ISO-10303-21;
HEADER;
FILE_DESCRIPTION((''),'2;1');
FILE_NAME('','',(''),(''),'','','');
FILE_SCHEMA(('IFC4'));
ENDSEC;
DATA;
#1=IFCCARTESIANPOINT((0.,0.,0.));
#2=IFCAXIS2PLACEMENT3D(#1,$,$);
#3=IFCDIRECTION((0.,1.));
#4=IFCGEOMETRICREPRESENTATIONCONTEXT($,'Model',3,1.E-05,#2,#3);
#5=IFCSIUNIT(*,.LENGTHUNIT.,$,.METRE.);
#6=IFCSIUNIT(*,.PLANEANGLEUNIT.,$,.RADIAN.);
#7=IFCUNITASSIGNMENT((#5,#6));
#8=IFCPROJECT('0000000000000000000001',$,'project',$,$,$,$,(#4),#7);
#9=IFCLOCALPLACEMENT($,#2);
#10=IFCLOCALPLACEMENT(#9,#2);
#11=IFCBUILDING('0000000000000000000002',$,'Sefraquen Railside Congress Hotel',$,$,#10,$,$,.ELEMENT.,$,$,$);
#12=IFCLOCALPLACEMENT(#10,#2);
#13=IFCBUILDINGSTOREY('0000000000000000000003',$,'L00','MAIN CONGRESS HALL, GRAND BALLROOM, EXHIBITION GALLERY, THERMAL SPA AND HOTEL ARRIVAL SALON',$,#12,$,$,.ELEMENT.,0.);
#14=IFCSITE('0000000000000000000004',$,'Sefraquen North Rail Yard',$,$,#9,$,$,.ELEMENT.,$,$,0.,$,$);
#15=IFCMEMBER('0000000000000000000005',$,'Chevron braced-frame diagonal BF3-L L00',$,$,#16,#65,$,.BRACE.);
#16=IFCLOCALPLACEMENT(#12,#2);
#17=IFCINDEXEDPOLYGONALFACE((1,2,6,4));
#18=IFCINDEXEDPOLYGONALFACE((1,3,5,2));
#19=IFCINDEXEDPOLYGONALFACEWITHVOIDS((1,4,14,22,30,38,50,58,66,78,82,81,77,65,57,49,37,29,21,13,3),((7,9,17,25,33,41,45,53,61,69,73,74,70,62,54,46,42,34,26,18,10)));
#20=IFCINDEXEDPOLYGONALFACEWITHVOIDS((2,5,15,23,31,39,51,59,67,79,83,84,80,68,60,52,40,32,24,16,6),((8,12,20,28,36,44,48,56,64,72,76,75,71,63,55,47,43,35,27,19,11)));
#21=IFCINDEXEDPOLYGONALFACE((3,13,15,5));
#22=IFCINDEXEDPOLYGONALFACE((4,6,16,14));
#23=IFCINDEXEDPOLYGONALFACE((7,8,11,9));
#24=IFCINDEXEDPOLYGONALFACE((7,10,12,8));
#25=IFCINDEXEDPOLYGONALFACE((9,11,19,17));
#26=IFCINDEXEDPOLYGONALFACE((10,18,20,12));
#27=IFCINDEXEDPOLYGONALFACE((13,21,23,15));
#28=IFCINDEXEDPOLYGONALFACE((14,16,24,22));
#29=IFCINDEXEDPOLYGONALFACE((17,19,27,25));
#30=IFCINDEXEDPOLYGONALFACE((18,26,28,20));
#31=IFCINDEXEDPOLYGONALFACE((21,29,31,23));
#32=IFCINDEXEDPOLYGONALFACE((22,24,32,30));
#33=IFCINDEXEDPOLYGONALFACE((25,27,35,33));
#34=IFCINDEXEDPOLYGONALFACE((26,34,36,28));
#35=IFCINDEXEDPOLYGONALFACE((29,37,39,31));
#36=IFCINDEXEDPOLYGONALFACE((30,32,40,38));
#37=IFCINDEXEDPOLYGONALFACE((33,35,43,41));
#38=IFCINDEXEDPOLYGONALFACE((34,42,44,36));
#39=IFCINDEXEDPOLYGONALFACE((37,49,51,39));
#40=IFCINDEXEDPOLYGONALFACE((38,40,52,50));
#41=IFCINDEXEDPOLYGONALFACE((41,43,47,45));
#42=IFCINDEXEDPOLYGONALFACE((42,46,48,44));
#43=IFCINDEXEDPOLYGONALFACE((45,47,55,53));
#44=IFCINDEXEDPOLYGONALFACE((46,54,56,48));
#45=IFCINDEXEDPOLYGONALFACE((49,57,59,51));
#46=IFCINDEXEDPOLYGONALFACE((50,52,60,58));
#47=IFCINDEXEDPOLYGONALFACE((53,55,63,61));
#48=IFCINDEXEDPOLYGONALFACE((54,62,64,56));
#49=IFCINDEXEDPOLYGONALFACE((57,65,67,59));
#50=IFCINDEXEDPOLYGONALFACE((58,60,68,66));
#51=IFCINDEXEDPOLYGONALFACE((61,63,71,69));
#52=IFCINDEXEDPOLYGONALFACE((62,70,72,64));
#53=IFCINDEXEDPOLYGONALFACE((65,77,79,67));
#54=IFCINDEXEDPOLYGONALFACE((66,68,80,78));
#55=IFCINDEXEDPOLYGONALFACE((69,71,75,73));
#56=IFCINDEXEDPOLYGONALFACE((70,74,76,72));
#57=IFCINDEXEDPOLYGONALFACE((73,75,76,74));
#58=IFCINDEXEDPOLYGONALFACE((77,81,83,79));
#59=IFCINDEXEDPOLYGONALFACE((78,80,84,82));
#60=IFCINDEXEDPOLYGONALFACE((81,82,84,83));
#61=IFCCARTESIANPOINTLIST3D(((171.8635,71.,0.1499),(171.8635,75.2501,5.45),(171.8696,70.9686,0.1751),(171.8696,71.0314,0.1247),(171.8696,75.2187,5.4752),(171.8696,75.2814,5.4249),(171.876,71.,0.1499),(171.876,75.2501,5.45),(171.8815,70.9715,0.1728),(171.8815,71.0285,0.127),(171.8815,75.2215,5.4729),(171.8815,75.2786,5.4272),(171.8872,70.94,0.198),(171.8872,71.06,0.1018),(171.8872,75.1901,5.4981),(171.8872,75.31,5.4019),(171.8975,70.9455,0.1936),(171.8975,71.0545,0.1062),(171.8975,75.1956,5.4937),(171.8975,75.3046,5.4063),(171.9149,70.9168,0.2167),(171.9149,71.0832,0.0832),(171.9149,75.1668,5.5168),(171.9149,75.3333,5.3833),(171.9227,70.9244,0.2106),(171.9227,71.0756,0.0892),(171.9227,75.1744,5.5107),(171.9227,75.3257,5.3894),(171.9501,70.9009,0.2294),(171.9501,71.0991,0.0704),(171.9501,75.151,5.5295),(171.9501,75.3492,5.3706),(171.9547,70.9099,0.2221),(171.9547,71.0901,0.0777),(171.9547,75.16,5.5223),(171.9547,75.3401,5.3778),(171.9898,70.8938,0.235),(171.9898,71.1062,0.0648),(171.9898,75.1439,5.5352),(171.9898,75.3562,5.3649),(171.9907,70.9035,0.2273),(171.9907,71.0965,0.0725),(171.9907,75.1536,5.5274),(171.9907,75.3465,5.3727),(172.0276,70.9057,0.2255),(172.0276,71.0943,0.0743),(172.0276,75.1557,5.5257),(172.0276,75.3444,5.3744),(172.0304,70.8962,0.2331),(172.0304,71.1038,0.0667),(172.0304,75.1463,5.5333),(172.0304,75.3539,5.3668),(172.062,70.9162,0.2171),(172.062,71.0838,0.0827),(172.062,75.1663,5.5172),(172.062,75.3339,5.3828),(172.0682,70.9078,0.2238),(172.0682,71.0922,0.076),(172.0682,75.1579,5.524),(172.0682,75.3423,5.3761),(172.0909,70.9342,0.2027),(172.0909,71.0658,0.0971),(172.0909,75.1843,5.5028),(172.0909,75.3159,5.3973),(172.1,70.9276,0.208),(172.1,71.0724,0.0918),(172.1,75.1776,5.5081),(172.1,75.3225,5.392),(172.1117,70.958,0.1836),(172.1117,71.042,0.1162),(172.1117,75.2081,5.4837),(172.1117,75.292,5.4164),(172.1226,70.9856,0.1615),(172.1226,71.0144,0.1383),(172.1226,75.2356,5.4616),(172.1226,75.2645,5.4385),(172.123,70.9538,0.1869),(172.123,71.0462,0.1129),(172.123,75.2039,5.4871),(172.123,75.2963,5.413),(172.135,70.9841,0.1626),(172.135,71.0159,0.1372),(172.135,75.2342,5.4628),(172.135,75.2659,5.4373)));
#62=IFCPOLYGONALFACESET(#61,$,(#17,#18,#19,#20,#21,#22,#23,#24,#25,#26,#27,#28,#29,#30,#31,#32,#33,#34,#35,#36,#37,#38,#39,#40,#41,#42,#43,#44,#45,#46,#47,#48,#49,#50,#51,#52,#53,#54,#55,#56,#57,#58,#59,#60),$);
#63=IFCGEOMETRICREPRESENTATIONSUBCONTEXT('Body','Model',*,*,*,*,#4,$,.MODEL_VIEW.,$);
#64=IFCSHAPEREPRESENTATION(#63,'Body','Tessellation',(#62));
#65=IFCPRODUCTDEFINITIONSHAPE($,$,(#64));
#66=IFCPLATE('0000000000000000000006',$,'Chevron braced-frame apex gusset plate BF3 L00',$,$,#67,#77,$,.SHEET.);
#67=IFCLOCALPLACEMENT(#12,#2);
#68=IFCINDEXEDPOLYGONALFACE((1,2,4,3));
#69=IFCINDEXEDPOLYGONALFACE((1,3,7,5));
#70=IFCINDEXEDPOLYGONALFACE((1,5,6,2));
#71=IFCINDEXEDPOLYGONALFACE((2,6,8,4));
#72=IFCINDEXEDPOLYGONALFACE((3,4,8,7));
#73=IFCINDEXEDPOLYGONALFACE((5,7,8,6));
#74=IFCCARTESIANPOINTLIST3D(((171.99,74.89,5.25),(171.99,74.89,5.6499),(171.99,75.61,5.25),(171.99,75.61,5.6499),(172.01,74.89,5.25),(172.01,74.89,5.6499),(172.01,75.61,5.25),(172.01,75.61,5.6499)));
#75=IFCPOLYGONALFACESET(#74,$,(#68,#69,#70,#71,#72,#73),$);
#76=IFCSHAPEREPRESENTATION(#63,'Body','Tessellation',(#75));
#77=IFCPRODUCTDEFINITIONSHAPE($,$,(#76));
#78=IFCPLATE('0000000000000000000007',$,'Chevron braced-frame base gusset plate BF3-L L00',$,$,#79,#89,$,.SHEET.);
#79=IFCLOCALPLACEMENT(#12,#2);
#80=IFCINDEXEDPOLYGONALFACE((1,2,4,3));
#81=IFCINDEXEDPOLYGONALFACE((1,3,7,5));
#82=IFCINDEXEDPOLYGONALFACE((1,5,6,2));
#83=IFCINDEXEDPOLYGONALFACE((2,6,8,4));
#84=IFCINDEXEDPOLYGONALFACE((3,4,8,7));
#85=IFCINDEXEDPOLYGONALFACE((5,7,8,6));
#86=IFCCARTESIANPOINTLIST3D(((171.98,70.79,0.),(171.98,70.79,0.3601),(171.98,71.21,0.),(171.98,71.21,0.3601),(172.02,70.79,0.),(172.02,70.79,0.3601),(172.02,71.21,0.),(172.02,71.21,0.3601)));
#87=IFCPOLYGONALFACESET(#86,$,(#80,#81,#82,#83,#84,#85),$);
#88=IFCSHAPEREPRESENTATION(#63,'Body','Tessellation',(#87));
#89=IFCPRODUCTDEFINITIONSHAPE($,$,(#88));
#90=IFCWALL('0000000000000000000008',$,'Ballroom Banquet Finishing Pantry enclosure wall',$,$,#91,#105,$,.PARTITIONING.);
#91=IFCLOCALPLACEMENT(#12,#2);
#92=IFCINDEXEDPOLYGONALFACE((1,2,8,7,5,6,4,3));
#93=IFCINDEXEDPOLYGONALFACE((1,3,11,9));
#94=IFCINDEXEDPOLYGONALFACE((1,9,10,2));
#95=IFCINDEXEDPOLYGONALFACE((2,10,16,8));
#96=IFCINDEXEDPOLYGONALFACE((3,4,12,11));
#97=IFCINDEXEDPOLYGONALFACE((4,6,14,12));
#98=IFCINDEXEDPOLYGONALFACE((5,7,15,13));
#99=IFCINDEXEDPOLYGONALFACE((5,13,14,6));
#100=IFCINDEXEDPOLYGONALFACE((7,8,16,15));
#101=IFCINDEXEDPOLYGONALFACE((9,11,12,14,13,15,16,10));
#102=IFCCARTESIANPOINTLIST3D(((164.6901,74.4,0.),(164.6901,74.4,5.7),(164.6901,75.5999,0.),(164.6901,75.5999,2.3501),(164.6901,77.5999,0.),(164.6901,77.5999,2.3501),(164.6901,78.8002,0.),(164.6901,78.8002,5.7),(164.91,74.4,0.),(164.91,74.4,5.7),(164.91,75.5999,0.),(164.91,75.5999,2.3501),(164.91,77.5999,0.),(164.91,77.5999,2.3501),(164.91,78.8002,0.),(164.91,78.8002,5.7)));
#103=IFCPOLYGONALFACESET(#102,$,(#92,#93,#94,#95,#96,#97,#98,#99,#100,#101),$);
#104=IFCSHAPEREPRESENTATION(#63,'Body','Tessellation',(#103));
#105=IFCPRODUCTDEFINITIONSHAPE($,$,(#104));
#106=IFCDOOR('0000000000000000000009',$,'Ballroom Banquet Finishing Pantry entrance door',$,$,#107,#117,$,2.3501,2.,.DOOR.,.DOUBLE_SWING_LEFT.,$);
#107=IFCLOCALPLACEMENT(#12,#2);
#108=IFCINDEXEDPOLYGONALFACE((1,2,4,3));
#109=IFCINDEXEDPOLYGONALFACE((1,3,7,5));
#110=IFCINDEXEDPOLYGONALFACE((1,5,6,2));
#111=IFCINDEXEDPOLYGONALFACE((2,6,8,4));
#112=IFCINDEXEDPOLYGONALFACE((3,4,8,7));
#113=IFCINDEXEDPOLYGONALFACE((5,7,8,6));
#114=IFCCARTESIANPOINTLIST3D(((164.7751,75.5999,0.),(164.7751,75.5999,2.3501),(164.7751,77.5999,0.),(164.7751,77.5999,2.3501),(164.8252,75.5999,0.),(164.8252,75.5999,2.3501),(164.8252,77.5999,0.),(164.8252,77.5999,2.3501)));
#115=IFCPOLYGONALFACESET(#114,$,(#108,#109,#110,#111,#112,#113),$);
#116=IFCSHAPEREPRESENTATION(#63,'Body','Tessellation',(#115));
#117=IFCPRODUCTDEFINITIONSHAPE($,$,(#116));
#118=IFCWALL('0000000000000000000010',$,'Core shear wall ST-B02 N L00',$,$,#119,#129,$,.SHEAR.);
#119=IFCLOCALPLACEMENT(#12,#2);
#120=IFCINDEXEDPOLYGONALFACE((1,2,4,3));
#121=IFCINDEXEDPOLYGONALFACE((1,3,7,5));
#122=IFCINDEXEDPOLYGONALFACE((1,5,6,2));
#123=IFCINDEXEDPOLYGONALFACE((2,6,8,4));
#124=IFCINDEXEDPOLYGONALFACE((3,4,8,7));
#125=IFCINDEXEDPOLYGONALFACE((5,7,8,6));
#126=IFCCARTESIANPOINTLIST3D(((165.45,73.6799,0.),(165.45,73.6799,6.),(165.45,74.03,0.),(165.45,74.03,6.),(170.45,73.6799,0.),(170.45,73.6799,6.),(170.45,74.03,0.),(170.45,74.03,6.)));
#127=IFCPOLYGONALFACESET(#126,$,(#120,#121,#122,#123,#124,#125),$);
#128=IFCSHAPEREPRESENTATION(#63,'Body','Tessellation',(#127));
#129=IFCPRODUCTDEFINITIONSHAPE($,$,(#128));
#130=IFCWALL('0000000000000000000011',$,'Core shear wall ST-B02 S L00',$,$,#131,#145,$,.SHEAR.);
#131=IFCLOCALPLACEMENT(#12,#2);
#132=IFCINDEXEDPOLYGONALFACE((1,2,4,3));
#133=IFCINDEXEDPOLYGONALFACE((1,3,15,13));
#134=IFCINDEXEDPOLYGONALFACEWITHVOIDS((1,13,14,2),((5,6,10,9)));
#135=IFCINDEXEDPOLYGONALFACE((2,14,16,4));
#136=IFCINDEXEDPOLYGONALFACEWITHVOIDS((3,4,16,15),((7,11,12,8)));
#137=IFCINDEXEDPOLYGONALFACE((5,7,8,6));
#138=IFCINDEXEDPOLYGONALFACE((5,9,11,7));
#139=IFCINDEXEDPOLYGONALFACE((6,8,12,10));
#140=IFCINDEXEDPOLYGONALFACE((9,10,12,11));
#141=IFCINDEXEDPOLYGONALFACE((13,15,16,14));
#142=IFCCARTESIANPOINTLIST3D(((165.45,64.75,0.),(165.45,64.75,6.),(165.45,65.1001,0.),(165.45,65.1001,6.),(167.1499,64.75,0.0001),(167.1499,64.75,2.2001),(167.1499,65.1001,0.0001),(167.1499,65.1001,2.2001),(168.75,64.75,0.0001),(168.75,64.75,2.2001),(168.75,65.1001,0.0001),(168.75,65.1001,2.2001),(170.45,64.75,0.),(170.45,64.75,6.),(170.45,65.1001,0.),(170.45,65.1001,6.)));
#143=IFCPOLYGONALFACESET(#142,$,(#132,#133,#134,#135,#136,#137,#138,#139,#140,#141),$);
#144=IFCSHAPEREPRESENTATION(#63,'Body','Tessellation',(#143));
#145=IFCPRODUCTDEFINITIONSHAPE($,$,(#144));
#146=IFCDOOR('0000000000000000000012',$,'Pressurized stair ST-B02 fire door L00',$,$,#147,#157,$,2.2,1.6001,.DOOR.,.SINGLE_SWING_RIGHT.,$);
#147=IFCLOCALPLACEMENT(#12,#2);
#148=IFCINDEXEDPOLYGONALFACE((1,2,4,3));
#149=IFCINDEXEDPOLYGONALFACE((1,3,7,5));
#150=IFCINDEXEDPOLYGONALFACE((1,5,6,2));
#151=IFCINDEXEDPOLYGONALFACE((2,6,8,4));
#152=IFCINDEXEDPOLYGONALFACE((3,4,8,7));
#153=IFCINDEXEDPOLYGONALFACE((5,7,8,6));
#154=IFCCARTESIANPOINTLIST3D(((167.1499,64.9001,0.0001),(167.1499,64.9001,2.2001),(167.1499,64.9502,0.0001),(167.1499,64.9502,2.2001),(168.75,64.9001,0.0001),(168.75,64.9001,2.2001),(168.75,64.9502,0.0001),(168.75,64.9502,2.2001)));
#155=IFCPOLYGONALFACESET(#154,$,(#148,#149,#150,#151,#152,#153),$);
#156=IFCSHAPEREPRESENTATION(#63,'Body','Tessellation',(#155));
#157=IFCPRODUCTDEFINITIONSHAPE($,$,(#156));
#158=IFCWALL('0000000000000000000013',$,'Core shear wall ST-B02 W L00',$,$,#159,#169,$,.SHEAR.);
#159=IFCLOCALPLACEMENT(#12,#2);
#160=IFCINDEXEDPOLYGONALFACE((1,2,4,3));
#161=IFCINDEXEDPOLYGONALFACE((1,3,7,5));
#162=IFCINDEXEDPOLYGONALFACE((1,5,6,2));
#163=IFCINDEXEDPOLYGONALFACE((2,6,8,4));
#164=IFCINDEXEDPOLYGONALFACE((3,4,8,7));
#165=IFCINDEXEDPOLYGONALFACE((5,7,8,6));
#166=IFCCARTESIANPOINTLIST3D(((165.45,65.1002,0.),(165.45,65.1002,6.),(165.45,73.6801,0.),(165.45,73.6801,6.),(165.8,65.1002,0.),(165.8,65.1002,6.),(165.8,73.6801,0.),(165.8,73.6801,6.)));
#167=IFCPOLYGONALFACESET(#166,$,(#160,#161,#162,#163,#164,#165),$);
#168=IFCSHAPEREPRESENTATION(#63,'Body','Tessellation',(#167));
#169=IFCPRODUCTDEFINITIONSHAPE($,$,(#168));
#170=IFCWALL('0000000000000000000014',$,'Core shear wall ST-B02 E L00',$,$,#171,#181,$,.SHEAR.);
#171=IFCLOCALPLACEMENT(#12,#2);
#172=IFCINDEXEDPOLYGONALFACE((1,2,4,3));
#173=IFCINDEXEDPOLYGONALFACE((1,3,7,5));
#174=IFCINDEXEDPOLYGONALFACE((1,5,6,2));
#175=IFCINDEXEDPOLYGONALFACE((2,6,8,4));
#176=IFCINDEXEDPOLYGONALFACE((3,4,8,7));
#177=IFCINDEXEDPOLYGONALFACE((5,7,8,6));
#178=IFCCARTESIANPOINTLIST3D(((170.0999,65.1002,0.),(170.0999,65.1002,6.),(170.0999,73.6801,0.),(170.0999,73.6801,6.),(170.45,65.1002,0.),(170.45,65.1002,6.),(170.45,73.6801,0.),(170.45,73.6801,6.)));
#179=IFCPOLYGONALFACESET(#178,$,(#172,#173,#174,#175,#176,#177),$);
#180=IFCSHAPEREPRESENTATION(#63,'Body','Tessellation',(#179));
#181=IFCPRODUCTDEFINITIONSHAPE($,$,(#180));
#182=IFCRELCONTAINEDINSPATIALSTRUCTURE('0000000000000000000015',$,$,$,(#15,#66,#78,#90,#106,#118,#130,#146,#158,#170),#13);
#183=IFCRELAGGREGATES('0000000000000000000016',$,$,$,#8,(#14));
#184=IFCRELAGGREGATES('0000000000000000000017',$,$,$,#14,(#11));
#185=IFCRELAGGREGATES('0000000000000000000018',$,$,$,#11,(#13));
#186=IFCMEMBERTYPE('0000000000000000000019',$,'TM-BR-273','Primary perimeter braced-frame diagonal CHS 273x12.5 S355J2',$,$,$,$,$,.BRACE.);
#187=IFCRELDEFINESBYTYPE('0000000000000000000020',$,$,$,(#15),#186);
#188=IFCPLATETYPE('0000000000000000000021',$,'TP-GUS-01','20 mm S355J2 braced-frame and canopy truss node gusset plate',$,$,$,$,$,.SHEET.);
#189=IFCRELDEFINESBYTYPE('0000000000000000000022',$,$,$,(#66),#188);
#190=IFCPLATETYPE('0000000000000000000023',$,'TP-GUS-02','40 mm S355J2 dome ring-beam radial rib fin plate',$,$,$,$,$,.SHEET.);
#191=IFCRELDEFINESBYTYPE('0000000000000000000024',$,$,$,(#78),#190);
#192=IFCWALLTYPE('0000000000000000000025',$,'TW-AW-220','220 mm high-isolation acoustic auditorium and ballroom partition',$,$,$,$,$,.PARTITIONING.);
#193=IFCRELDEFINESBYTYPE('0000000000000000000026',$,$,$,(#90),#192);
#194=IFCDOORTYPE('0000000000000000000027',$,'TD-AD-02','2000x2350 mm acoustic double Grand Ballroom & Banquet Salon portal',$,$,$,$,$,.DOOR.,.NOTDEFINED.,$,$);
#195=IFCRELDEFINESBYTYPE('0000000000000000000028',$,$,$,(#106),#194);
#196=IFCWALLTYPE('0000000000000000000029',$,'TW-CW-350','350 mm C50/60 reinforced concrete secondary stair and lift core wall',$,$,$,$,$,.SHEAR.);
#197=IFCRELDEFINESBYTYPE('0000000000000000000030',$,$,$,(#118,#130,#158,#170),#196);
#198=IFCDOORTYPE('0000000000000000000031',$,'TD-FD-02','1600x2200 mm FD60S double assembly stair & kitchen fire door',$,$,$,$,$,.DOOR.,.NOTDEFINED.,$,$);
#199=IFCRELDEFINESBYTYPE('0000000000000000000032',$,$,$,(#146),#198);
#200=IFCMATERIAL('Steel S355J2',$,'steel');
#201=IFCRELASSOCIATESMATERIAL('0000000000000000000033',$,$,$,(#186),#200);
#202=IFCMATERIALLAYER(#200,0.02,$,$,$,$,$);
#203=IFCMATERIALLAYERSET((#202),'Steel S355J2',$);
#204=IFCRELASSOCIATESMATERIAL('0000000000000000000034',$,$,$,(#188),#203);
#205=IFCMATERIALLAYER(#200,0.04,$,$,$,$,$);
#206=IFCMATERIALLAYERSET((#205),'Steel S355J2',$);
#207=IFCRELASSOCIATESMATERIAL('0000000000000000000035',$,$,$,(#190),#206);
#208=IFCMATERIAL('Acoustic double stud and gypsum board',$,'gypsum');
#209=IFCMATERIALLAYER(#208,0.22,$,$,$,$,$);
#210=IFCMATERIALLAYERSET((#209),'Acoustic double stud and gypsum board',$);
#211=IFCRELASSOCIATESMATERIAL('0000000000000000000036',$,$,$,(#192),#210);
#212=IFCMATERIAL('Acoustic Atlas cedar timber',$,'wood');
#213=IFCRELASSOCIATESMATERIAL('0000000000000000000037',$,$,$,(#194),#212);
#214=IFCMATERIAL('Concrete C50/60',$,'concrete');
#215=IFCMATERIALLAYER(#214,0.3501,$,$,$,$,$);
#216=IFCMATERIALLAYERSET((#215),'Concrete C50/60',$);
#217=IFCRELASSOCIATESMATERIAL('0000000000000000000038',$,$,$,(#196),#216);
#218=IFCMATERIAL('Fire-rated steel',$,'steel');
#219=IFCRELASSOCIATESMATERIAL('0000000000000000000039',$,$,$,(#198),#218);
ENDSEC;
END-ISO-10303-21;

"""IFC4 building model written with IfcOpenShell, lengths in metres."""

from ifc_helpers import new_model, si_unit, direction, frame, frame_2d, origin, origin_2d, place, context, subcontext, project, spatial, rectangle, hollow_circle, extrude, material, layer, layer_set, material_profile, profile_set, type_object, element, fill, save


model = new_model("IFC4")

# Units and contexts
model_context = context("Model", 3, precision=1e-05, world=origin(), true_north=direction((0.0, 1.0)))
body_context = subcontext(model_context, "Body", "Model", "MODEL_VIEW")
ifc_project = project(units=[si_unit("LENGTHUNIT", "METRE"), si_unit("PLANEANGLEUNIT", "RADIAN")], contexts=[model_context])

# Site, building, storey
site_placement = place(None, origin())
site = spatial("IfcSite", under=ifc_project, at=site_placement, Name="Sefraquen North Rail Yard", CompositionType="ELEMENT", RefElevation=0.0)
building_placement = place(site_placement, origin())
building = spatial("IfcBuilding", under=site, at=building_placement, Name="Sefraquen Railside Congress Hotel", CompositionType="ELEMENT")
storey_placement = place(building_placement, origin())
storey = spatial("IfcBuildingStorey", under=building, at=storey_placement, Name="L00", Description="MAIN CONGRESS HALL, GRAND BALLROOM, EXHIBITION GALLERY, THERMAL SPA AND HOTEL ARRIVAL SALON", CompositionType="ELEMENT", Elevation=0.0)

# Shared definitions
ifc_material_1 = material(Name="Steel S355J2", Category="steel")

# Member
ifc_material_profile_1 = material_profile(ifc_material_1, hollow_circle(Radius=0.1365, WallThickness=0.0125, at=origin_2d()), Name="CHS 273x12.5")
ifc_profile_set_1 = profile_set([ifc_material_profile_1], Name="Steel S355J2")
member_type = type_object("IfcMemberType", Name="TM-BR-273", Description="Primary perimeter braced-frame diagonal CHS 273x12.5 S355J2", PredefinedType="BRACE", material=ifc_profile_set_1)
member_placement = place(storey_placement, frame((172.0, 71.0, 0.1499), z_axis=(0.0, 0.625589, 0.780153), x_axis=(-1.0, 0.0, 0.0)))
element("IfcMember", 1, at=member_placement, inside=storey, type_object=member_type, Name="Chevron braced-frame diagonal BF3-L L00", PredefinedType="BRACE", context=body_context, shape_type="SweptSolid", body=[
    extrude(hollow_circle(Radius=0.1365, WallThickness=0.0125, at=origin_2d()), origin(), (0.0, 0.0, 1.0), 6.7937),
])

# Plates
ifc_layer_1 = layer(ifc_material_1, 0.02)
ifc_layer_set_1 = layer_set([ifc_layer_1], Name="Steel S355J2")
plate_type_1 = type_object("IfcPlateType", Name="TP-GUS-01", Description="20 mm S355J2 braced-frame and canopy truss node gusset plate", PredefinedType="SHEET", material=ifc_layer_set_1)
plate_1_placement = place(storey_placement, frame((172.0, 75.25, 5.25), z_axis=(0.0, 0.0, 1.0), x_axis=(0.0, 1.0, 0.0)))
element("IfcPlate", 2, at=plate_1_placement, inside=storey, type_object=plate_type_1, Name="Chevron braced-frame apex gusset plate BF3 L00", PredefinedType="SHEET", context=body_context, shape_type="SweptSolid", body=[
    extrude(rectangle(XDim=0.72, YDim=0.02, at=origin_2d()), origin(), (0.0, 0.0, 1.0), 0.3999),
])
ifc_layer_2 = layer(ifc_material_1, 0.04)
ifc_layer_set_2 = layer_set([ifc_layer_2], Name="Steel S355J2")
plate_type_2 = type_object("IfcPlateType", Name="TP-GUS-02", Description="40 mm S355J2 dome ring-beam radial rib fin plate", PredefinedType="SHEET", material=ifc_layer_set_2)
plate_2_placement = place(storey_placement, frame((172.0, 71.0, 0.0), z_axis=(0.0, 0.0, 1.0), x_axis=(0.0, 1.0, 0.0)))
element("IfcPlate", 3, at=plate_2_placement, inside=storey, type_object=plate_type_2, Name="Chevron braced-frame base gusset plate BF3-L L00", PredefinedType="SHEET", context=body_context, shape_type="SweptSolid", body=[
    extrude(rectangle(XDim=0.4199, YDim=0.04, at=origin_2d()), origin(), (0.0, 0.0, 1.0), 0.3601),
])

# Wall, opening, door
ifc_material_2 = material(Name="Acoustic double stud and gypsum board", Category="gypsum")
ifc_layer_3 = layer(ifc_material_2, 0.22)
ifc_layer_set_3 = layer_set([ifc_layer_3], Name="Acoustic double stud and gypsum board")
wall_type_1 = type_object("IfcWallType", Name="TW-AW-220", Description="220 mm high-isolation acoustic auditorium and ballroom partition", PredefinedType="PARTITIONING", material=ifc_layer_set_3)
wall_1_placement = place(storey_placement, frame((164.8, 74.3999, 0.0), z_axis=(0.0, 0.0, 1.0), x_axis=(0.0, 1.0, 0.0)))
wall_1 = element("IfcWall", 4, at=wall_1_placement, inside=storey, type_object=wall_type_1, Name="Ballroom Banquet Finishing Pantry enclosure wall", PredefinedType="PARTITIONING", context=body_context, shape_type="SweptSolid", body=[
    extrude(rectangle(XDim=4.4001, YDim=0.22, at=frame_2d((2.2002, 0.0))), origin(), (0.0, 0.0, 1.0), 5.7),
])
opening_1_placement = place(wall_1_placement, frame((1.2, 0.0, 0.0)))
opening_1 = element("IfcOpeningElement", 5, at=opening_1_placement, cuts=wall_1, PredefinedType="OPENING", context=body_context, shape_type="SweptSolid", body=[
    extrude(rectangle(XDim=2.0, YDim=2.3501, at=frame_2d((1.0, 1.175))), frame((0.0, 0.1199, 0.0), z_axis=(0.0, -1.0, 0.0), x_axis=(1.0, 0.0, 0.0)), (0.0, 0.0, 1.0), 0.24),
])
ifc_material_3 = material(Name="Acoustic Atlas cedar timber", Category="wood")
door_type_1 = type_object("IfcDoorType", Name="TD-AD-02", Description="2000x2350 mm acoustic double Grand Ballroom & Banquet Salon portal", OperationType="NOTDEFINED", PredefinedType="DOOR", material=ifc_material_3)
door_1_placement = place(opening_1_placement, origin())
door_1 = element("IfcDoor", 6, at=door_1_placement, inside=storey, type_object=door_type_1, Name="Ballroom Banquet Finishing Pantry entrance door", OperationType="DOUBLE_SWING_LEFT", OverallHeight=2.3501, OverallWidth=2.0, PredefinedType="DOOR", context=body_context, shape_type="SweptSolid", body=[
    extrude(rectangle(XDim=2.0, YDim=2.3501, at=frame_2d((1.0, 1.175))), frame((0.0, 0.0249, 0.0), z_axis=(0.0, -1.0, 0.0), x_axis=(1.0, 0.0, 0.0)), (0.0, 0.0, 1.0), 0.05),
])
fill(opening_1, door_1)

# Wall
ifc_material_4 = material(Name="Concrete C50/60", Category="concrete")
ifc_layer_4 = layer(ifc_material_4, 0.3501)
ifc_layer_set_4 = layer_set([ifc_layer_4], Name="Concrete C50/60")
wall_type_2 = type_object("IfcWallType", Name="TW-CW-350", Description="350 mm C50/60 reinforced concrete secondary stair and lift core wall", PredefinedType="SHEAR", material=ifc_layer_set_4)
wall_2_placement = place(storey_placement, frame((165.45, 73.855, 0.0), z_axis=(0.0, 0.0, 1.0), x_axis=(1.0, 0.0, 0.0)))
element("IfcWall", 7, at=wall_2_placement, inside=storey, type_object=wall_type_2, Name="Core shear wall ST-B02 N L00", PredefinedType="SHEAR", context=body_context, shape_type="SweptSolid", body=[
    extrude(rectangle(XDim=5.0, YDim=0.3501, at=frame_2d((2.5, 0.0))), origin(), (0.0, 0.0, 1.0), 6.0),
])

# Wall, opening, door
wall_3_placement = place(storey_placement, frame((165.45, 64.925, 0.0), z_axis=(0.0, 0.0, 1.0), x_axis=(1.0, 0.0, 0.0)))
wall_3 = element("IfcWall", 8, at=wall_3_placement, inside=storey, type_object=wall_type_2, Name="Core shear wall ST-B02 S L00", PredefinedType="SHEAR", context=body_context, shape_type="SweptSolid", body=[
    extrude(rectangle(XDim=5.0, YDim=0.3501, at=frame_2d((2.5, 0.0))), origin(), (0.0, 0.0, 1.0), 6.0),
])
opening_2_placement = place(wall_3_placement, frame((1.7, 0.0, 0.0)))
opening_2 = element("IfcOpeningElement", 9, at=opening_2_placement, cuts=wall_3, PredefinedType="OPENING", context=body_context, shape_type="SweptSolid", body=[
    extrude(rectangle(XDim=1.6001, YDim=2.2, at=frame_2d((0.8, 1.1001))), frame((0.0, 0.1851, 0.0), z_axis=(0.0, -1.0, 0.0), x_axis=(1.0, 0.0, 0.0)), (0.0, 0.0, 1.0), 0.3701),
])
ifc_material_5 = material(Name="Fire-rated steel", Category="steel")
door_type_2 = type_object("IfcDoorType", Name="TD-FD-02", Description="1600x2200 mm FD60S double assembly stair & kitchen fire door", OperationType="NOTDEFINED", PredefinedType="DOOR", material=ifc_material_5)
door_2_placement = place(opening_2_placement, frame((1.6001, 0.0, 0.0), z_axis=(0.0, 0.0, 1.0), x_axis=(-1.0, 0.0, 0.0)))
door_2 = element("IfcDoor", 10, at=door_2_placement, inside=storey, type_object=door_type_2, Name="Pressurized stair ST-B02 fire door L00", OperationType="SINGLE_SWING_RIGHT", OverallHeight=2.2, OverallWidth=1.6001, PredefinedType="DOOR", context=body_context, shape_type="SweptSolid", body=[
    extrude(rectangle(XDim=1.6001, YDim=2.2, at=frame_2d((0.8, 1.1001))), frame((0.0, 0.0249, 0.0), z_axis=(0.0, -1.0, 0.0), x_axis=(1.0, 0.0, 0.0)), (0.0, 0.0, 1.0), 0.05),
])
fill(opening_2, door_2)

# Walls
for number, where, z_axis, x_axis, name in (
    (11, (165.625, 65.1001, 0.0), (0.0, 0.0, 1.0), (0.0, 1.0, 0.0), "Core shear wall ST-B02 W L00"),
    (12, (170.2749, 65.1001, 0.0), (0.0, 0.0, 1.0), (0.0, 1.0, 0.0), "Core shear wall ST-B02 E L00"),
):
    element("IfcWall", number, at=place(storey_placement, frame(where, z_axis=z_axis, x_axis=x_axis)), inside=storey, type_object=wall_type_2, Name=name, PredefinedType="SHEAR", context=body_context, shape_type="SweptSolid", body=[
        extrude(rectangle(XDim=8.5798, YDim=0.3501, at=frame_2d((4.29, 0.0))), origin(), (0.0, 0.0, 1.0), 6.0),
    ])

save(model, "model.ifc")
